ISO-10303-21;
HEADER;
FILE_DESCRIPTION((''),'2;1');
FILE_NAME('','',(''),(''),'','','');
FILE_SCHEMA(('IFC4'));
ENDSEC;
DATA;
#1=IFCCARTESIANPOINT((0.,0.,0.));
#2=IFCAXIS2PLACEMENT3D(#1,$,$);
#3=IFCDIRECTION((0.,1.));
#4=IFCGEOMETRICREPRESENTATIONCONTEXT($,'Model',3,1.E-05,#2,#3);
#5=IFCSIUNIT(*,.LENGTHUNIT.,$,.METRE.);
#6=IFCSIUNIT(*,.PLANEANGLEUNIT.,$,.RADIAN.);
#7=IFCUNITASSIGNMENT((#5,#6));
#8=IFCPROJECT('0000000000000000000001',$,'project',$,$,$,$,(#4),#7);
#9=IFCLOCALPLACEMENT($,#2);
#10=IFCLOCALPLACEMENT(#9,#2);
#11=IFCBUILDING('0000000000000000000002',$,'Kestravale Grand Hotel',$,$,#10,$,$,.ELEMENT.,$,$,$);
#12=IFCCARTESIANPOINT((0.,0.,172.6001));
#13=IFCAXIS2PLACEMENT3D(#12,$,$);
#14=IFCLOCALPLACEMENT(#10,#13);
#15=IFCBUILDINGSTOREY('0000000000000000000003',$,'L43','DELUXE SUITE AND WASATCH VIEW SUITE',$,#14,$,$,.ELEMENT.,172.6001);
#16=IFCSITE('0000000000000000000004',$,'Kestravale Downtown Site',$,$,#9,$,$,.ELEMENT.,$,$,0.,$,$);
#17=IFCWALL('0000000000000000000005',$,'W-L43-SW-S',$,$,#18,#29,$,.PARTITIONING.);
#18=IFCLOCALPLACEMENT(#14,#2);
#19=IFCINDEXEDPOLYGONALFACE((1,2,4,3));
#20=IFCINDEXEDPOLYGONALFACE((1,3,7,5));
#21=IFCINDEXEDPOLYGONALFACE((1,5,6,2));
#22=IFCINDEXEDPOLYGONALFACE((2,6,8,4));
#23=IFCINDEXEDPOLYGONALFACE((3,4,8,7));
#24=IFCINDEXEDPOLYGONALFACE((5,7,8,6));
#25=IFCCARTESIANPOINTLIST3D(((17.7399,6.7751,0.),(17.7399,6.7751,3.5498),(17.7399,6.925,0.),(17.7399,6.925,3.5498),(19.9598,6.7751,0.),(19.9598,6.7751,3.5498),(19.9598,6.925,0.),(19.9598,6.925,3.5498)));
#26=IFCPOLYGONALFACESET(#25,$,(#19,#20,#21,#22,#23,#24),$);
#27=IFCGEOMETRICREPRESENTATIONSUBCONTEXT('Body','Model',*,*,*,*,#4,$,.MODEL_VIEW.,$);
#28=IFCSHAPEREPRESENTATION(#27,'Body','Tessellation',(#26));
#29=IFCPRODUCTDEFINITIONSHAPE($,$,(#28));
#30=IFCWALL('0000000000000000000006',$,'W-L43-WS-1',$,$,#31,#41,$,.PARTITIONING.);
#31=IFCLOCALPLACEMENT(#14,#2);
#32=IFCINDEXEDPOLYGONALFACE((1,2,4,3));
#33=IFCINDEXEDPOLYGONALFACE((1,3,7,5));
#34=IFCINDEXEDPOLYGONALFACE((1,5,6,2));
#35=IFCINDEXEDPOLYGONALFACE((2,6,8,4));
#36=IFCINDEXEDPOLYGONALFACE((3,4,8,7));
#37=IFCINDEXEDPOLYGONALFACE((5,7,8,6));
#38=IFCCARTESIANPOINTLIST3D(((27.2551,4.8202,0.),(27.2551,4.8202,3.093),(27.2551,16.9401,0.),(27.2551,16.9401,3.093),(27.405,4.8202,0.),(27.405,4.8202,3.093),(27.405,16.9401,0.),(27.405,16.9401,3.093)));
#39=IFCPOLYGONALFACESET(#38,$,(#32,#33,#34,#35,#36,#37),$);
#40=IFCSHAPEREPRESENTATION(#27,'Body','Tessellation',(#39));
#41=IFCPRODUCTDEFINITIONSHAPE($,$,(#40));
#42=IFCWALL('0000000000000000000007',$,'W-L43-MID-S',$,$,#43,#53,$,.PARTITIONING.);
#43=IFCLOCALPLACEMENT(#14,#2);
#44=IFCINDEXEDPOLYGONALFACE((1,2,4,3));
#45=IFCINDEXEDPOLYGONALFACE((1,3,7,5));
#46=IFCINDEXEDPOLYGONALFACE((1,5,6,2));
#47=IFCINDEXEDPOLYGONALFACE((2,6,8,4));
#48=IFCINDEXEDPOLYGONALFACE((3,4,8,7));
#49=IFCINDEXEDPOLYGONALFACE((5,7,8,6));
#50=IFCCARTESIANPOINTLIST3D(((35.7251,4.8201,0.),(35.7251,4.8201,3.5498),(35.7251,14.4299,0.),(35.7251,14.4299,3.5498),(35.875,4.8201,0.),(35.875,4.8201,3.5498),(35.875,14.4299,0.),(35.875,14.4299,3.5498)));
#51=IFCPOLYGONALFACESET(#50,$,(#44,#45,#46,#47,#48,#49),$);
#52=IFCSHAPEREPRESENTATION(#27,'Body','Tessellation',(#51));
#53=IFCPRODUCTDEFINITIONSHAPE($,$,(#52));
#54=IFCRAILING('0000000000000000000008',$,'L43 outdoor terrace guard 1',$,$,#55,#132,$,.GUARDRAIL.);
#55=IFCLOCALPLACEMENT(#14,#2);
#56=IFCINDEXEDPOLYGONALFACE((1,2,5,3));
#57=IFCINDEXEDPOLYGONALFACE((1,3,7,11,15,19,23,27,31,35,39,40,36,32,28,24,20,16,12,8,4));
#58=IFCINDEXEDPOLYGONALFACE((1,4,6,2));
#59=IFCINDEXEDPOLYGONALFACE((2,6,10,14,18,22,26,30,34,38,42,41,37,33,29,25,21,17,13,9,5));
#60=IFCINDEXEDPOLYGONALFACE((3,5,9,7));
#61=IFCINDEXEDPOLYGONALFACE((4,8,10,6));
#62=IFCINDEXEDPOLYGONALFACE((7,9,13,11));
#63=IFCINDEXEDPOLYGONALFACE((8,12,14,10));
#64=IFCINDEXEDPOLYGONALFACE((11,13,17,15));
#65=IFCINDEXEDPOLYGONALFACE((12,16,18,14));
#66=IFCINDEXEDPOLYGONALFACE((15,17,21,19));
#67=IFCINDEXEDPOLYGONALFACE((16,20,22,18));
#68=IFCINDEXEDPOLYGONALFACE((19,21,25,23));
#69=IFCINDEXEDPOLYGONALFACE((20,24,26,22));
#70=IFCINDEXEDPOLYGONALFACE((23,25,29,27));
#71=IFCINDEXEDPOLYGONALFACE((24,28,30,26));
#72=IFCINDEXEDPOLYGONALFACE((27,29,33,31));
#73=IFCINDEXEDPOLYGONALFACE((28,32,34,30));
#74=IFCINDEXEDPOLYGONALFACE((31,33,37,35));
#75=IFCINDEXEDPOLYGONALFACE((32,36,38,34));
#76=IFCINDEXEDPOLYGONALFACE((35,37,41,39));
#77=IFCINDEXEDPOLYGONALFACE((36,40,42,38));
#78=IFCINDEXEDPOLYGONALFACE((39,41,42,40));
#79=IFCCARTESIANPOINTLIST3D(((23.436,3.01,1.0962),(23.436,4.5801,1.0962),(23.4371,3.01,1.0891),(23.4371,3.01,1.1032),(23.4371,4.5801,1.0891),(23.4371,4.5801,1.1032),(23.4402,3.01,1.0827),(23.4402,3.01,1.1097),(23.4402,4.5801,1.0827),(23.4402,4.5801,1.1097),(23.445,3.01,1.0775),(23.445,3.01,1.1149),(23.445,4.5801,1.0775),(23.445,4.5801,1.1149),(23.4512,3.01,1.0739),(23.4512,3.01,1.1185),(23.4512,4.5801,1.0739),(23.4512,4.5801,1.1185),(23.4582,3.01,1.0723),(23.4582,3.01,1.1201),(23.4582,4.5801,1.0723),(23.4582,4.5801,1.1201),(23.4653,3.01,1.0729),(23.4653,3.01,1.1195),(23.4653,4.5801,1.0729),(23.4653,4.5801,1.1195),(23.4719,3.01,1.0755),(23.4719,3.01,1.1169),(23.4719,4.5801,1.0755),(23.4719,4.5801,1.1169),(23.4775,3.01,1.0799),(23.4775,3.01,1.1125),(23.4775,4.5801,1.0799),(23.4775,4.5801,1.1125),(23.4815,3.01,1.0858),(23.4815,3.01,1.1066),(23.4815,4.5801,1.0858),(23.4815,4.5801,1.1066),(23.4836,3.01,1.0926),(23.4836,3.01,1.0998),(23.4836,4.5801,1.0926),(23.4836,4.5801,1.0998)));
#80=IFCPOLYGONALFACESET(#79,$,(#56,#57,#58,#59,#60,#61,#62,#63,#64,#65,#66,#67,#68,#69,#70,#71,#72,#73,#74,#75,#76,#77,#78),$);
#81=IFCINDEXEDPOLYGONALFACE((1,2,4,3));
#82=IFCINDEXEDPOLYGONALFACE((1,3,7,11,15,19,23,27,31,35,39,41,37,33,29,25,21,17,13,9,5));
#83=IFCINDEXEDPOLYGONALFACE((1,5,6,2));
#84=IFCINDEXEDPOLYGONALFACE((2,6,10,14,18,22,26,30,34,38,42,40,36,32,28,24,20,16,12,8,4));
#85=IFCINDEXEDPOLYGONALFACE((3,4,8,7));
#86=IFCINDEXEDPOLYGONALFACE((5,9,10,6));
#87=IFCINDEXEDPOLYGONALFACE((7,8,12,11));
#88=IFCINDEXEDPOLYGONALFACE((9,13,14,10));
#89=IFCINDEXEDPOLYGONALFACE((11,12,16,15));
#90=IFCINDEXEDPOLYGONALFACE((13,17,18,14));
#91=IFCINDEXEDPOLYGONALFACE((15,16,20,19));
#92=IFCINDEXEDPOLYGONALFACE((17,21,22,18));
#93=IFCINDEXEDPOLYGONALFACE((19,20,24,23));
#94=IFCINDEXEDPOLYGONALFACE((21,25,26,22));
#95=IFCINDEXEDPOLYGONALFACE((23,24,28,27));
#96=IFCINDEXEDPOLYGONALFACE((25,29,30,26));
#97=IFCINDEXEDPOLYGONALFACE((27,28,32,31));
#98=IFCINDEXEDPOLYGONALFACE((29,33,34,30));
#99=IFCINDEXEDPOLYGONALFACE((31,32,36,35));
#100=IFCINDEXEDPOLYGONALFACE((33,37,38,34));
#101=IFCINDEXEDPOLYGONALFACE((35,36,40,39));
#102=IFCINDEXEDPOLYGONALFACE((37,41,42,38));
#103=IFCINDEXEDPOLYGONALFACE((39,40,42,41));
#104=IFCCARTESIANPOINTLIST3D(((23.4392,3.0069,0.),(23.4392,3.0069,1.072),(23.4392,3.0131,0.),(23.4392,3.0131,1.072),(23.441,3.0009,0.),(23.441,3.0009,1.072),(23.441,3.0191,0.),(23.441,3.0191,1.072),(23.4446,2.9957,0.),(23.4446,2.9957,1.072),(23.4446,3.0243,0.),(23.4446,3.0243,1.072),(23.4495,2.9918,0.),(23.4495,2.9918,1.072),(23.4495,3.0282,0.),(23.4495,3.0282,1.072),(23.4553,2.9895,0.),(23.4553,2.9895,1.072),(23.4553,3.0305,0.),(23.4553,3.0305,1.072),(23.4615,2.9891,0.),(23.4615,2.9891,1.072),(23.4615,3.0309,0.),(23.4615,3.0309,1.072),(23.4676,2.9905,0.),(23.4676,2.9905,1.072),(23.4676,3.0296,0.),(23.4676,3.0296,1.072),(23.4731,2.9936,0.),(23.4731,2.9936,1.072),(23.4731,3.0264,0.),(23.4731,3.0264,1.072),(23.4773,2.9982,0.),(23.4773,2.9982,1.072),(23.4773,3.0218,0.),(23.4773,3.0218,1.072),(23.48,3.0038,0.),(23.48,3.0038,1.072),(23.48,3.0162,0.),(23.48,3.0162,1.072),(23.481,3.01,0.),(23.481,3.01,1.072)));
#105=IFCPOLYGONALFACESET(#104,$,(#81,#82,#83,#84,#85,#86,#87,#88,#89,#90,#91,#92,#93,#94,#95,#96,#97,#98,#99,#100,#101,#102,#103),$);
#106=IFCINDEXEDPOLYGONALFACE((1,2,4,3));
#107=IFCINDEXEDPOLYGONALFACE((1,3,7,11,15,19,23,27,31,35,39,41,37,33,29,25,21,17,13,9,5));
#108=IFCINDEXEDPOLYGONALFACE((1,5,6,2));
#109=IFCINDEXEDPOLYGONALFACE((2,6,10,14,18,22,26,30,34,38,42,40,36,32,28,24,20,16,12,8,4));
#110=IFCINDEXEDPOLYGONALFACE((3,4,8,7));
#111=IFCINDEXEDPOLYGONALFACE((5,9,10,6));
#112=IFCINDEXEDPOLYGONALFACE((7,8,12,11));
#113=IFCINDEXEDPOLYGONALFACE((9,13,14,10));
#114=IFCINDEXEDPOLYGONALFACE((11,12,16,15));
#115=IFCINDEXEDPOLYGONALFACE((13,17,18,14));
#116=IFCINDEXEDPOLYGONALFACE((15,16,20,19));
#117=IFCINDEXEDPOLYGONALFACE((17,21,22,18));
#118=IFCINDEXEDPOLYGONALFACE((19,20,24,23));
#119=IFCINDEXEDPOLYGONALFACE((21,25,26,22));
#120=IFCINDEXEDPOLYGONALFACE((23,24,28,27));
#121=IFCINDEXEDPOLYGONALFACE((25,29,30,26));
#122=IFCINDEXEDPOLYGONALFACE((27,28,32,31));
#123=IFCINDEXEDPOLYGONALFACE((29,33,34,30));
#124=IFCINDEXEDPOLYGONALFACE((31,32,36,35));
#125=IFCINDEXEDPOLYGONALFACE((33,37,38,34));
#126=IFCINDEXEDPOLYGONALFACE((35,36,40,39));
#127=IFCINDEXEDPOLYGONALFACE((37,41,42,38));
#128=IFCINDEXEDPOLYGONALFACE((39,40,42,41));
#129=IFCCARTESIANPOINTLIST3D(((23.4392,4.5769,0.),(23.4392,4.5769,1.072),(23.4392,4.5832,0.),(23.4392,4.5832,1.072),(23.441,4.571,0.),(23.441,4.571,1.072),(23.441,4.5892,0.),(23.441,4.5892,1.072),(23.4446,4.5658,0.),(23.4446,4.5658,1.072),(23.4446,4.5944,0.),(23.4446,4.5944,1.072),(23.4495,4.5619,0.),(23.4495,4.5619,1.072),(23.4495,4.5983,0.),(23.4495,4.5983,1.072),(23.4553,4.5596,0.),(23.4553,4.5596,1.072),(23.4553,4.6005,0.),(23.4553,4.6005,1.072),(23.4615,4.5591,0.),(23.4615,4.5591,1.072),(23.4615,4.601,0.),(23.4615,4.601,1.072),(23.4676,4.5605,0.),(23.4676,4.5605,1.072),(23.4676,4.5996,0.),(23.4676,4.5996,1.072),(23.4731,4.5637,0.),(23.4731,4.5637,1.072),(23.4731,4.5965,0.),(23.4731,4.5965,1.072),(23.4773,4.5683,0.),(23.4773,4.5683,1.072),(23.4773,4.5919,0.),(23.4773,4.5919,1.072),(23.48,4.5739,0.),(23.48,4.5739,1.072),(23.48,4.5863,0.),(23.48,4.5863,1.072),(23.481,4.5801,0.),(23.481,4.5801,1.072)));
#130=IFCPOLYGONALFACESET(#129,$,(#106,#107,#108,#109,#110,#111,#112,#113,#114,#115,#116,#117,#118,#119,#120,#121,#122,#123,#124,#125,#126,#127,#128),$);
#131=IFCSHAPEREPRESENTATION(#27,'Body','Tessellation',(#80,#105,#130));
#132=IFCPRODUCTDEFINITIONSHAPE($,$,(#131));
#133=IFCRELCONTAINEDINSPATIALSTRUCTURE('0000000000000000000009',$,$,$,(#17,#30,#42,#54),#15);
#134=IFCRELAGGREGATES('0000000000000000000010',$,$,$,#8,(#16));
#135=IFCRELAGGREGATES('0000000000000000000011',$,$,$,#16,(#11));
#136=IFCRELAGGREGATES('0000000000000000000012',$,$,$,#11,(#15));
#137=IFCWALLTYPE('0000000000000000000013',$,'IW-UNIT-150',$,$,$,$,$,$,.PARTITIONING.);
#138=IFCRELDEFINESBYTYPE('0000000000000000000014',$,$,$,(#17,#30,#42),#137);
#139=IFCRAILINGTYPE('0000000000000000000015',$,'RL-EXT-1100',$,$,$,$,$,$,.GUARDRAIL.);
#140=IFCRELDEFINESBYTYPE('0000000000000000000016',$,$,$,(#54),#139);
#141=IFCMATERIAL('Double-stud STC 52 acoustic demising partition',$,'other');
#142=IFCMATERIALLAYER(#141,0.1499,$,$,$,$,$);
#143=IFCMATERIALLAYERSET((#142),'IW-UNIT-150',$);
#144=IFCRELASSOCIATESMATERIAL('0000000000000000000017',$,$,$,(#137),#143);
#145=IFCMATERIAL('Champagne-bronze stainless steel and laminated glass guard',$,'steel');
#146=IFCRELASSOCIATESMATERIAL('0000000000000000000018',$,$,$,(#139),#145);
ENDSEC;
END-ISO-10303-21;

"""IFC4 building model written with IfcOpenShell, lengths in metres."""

from ifc_helpers import new_model, si_unit, direction, frame, frame_2d, origin, origin_2d, place, context, subcontext, project, spatial, rectangle, circle, extrude, material, layer, layer_set, type_object, element, save


model = new_model("IFC4")

# Units and contexts
model_context = context("Model", 3, precision=1e-05, world=origin(), true_north=direction((0.0, 1.0)))
body_context = subcontext(model_context, "Body", "Model", "MODEL_VIEW")
ifc_project = project(units=[si_unit("LENGTHUNIT", "METRE"), si_unit("PLANEANGLEUNIT", "RADIAN")], contexts=[model_context])

# Site, building, storey
site_placement = place(None, origin())
site = spatial("IfcSite", under=ifc_project, at=site_placement, Name="Kestravale Downtown Site", CompositionType="ELEMENT", RefElevation=0.0)
building_placement = place(site_placement, origin())
building = spatial("IfcBuilding", under=site, at=building_placement, Name="Kestravale Grand Hotel", CompositionType="ELEMENT")
storey_placement = place(building_placement, frame((0.0, 0.0, 172.6001)))
storey = spatial("IfcBuildingStorey", under=building, at=storey_placement, Name="L43", Description="DELUXE SUITE AND WASATCH VIEW SUITE", CompositionType="ELEMENT", Elevation=172.6001)

# Walls
ifc_material_1 = material(Name="Double-stud STC 52 acoustic demising partition", Category="other")
ifc_layer_1 = layer(ifc_material_1, 0.1499)
ifc_layer_set_1 = layer_set([ifc_layer_1], Name="IW-UNIT-150")
wall_type_1 = type_object("IfcWallType", Name="IW-UNIT-150", PredefinedType="PARTITIONING", material=ifc_layer_set_1)
wall_1_placement = place(storey_placement, frame((17.74, 6.8501, 0.0), z_axis=(0.0, 0.0, 1.0), x_axis=(1.0, 0.0, 0.0)))
element("IfcWall", 1, at=wall_1_placement, inside=storey, type_object=wall_type_1, Name="W-L43-SW-S", PredefinedType="PARTITIONING", context=body_context, shape_type="SweptSolid", body=[
    extrude(rectangle(XDim=2.22, YDim=0.1499, at=frame_2d((1.1099, 0.0))), origin(), (0.0, 0.0, 1.0), 3.5498),
])
wall_2_placement = place(storey_placement, frame((27.3301, 4.8201, 0.0), z_axis=(0.0, 0.0, 1.0), x_axis=(0.0, 1.0, 0.0)))
element("IfcWall", 2, at=wall_2_placement, inside=storey, type_object=wall_type_1, Name="W-L43-WS-1", PredefinedType="PARTITIONING", context=body_context, shape_type="SweptSolid", body=[
    extrude(rectangle(XDim=12.1199, YDim=0.1499, at=frame_2d((6.0601, 0.0))), origin(), (0.0, 0.0, 1.0), 3.093),
])
wall_3_placement = place(storey_placement, frame((35.8, 4.8201, 0.0), z_axis=(0.0, 0.0, 1.0), x_axis=(0.0, 1.0, 0.0)))
element("IfcWall", 3, at=wall_3_placement, inside=storey, type_object=wall_type_1, Name="W-L43-MID-S", PredefinedType="PARTITIONING", context=body_context, shape_type="SweptSolid", body=[
    extrude(rectangle(XDim=9.6099, YDim=0.1499, at=frame_2d((4.8049, 0.0))), origin(), (0.0, 0.0, 1.0), 3.5498),
])

# Railing
ifc_material_2 = material(Name="Champagne-bronze stainless steel and laminated glass guard", Category="steel")
railing_type = type_object("IfcRailingType", Name="RL-EXT-1100", PredefinedType="GUARDRAIL", material=ifc_material_2)
railing_1_placement = place(storey_placement, frame((23.46, 3.01, 0.0)))
element("IfcRailing", 4, at=railing_1_placement, inside=storey, type_object=railing_type, Name="L43 outdoor terrace guard 1", PredefinedType="GUARDRAIL", context=body_context, shape_type="SweptSolid", body=[
    extrude(circle(Radius=0.0239, at=origin_2d()), frame((0.0, 0.0, 1.0962), z_axis=(0.0, 1.0, 0.0), x_axis=(-1.0, 0.0, 0.0)), (0.0, 0.0, 1.0), 1.5701),
    extrude(circle(Radius=0.021, at=origin_2d()), origin(), (0.0, 0.0, 1.0), 1.072),
    extrude(circle(Radius=0.021, at=origin_2d()), frame((0.0, 1.5701, 0.0)), (0.0, 0.0, 1.0), 1.072),
])

save(model, "model.ifc")
